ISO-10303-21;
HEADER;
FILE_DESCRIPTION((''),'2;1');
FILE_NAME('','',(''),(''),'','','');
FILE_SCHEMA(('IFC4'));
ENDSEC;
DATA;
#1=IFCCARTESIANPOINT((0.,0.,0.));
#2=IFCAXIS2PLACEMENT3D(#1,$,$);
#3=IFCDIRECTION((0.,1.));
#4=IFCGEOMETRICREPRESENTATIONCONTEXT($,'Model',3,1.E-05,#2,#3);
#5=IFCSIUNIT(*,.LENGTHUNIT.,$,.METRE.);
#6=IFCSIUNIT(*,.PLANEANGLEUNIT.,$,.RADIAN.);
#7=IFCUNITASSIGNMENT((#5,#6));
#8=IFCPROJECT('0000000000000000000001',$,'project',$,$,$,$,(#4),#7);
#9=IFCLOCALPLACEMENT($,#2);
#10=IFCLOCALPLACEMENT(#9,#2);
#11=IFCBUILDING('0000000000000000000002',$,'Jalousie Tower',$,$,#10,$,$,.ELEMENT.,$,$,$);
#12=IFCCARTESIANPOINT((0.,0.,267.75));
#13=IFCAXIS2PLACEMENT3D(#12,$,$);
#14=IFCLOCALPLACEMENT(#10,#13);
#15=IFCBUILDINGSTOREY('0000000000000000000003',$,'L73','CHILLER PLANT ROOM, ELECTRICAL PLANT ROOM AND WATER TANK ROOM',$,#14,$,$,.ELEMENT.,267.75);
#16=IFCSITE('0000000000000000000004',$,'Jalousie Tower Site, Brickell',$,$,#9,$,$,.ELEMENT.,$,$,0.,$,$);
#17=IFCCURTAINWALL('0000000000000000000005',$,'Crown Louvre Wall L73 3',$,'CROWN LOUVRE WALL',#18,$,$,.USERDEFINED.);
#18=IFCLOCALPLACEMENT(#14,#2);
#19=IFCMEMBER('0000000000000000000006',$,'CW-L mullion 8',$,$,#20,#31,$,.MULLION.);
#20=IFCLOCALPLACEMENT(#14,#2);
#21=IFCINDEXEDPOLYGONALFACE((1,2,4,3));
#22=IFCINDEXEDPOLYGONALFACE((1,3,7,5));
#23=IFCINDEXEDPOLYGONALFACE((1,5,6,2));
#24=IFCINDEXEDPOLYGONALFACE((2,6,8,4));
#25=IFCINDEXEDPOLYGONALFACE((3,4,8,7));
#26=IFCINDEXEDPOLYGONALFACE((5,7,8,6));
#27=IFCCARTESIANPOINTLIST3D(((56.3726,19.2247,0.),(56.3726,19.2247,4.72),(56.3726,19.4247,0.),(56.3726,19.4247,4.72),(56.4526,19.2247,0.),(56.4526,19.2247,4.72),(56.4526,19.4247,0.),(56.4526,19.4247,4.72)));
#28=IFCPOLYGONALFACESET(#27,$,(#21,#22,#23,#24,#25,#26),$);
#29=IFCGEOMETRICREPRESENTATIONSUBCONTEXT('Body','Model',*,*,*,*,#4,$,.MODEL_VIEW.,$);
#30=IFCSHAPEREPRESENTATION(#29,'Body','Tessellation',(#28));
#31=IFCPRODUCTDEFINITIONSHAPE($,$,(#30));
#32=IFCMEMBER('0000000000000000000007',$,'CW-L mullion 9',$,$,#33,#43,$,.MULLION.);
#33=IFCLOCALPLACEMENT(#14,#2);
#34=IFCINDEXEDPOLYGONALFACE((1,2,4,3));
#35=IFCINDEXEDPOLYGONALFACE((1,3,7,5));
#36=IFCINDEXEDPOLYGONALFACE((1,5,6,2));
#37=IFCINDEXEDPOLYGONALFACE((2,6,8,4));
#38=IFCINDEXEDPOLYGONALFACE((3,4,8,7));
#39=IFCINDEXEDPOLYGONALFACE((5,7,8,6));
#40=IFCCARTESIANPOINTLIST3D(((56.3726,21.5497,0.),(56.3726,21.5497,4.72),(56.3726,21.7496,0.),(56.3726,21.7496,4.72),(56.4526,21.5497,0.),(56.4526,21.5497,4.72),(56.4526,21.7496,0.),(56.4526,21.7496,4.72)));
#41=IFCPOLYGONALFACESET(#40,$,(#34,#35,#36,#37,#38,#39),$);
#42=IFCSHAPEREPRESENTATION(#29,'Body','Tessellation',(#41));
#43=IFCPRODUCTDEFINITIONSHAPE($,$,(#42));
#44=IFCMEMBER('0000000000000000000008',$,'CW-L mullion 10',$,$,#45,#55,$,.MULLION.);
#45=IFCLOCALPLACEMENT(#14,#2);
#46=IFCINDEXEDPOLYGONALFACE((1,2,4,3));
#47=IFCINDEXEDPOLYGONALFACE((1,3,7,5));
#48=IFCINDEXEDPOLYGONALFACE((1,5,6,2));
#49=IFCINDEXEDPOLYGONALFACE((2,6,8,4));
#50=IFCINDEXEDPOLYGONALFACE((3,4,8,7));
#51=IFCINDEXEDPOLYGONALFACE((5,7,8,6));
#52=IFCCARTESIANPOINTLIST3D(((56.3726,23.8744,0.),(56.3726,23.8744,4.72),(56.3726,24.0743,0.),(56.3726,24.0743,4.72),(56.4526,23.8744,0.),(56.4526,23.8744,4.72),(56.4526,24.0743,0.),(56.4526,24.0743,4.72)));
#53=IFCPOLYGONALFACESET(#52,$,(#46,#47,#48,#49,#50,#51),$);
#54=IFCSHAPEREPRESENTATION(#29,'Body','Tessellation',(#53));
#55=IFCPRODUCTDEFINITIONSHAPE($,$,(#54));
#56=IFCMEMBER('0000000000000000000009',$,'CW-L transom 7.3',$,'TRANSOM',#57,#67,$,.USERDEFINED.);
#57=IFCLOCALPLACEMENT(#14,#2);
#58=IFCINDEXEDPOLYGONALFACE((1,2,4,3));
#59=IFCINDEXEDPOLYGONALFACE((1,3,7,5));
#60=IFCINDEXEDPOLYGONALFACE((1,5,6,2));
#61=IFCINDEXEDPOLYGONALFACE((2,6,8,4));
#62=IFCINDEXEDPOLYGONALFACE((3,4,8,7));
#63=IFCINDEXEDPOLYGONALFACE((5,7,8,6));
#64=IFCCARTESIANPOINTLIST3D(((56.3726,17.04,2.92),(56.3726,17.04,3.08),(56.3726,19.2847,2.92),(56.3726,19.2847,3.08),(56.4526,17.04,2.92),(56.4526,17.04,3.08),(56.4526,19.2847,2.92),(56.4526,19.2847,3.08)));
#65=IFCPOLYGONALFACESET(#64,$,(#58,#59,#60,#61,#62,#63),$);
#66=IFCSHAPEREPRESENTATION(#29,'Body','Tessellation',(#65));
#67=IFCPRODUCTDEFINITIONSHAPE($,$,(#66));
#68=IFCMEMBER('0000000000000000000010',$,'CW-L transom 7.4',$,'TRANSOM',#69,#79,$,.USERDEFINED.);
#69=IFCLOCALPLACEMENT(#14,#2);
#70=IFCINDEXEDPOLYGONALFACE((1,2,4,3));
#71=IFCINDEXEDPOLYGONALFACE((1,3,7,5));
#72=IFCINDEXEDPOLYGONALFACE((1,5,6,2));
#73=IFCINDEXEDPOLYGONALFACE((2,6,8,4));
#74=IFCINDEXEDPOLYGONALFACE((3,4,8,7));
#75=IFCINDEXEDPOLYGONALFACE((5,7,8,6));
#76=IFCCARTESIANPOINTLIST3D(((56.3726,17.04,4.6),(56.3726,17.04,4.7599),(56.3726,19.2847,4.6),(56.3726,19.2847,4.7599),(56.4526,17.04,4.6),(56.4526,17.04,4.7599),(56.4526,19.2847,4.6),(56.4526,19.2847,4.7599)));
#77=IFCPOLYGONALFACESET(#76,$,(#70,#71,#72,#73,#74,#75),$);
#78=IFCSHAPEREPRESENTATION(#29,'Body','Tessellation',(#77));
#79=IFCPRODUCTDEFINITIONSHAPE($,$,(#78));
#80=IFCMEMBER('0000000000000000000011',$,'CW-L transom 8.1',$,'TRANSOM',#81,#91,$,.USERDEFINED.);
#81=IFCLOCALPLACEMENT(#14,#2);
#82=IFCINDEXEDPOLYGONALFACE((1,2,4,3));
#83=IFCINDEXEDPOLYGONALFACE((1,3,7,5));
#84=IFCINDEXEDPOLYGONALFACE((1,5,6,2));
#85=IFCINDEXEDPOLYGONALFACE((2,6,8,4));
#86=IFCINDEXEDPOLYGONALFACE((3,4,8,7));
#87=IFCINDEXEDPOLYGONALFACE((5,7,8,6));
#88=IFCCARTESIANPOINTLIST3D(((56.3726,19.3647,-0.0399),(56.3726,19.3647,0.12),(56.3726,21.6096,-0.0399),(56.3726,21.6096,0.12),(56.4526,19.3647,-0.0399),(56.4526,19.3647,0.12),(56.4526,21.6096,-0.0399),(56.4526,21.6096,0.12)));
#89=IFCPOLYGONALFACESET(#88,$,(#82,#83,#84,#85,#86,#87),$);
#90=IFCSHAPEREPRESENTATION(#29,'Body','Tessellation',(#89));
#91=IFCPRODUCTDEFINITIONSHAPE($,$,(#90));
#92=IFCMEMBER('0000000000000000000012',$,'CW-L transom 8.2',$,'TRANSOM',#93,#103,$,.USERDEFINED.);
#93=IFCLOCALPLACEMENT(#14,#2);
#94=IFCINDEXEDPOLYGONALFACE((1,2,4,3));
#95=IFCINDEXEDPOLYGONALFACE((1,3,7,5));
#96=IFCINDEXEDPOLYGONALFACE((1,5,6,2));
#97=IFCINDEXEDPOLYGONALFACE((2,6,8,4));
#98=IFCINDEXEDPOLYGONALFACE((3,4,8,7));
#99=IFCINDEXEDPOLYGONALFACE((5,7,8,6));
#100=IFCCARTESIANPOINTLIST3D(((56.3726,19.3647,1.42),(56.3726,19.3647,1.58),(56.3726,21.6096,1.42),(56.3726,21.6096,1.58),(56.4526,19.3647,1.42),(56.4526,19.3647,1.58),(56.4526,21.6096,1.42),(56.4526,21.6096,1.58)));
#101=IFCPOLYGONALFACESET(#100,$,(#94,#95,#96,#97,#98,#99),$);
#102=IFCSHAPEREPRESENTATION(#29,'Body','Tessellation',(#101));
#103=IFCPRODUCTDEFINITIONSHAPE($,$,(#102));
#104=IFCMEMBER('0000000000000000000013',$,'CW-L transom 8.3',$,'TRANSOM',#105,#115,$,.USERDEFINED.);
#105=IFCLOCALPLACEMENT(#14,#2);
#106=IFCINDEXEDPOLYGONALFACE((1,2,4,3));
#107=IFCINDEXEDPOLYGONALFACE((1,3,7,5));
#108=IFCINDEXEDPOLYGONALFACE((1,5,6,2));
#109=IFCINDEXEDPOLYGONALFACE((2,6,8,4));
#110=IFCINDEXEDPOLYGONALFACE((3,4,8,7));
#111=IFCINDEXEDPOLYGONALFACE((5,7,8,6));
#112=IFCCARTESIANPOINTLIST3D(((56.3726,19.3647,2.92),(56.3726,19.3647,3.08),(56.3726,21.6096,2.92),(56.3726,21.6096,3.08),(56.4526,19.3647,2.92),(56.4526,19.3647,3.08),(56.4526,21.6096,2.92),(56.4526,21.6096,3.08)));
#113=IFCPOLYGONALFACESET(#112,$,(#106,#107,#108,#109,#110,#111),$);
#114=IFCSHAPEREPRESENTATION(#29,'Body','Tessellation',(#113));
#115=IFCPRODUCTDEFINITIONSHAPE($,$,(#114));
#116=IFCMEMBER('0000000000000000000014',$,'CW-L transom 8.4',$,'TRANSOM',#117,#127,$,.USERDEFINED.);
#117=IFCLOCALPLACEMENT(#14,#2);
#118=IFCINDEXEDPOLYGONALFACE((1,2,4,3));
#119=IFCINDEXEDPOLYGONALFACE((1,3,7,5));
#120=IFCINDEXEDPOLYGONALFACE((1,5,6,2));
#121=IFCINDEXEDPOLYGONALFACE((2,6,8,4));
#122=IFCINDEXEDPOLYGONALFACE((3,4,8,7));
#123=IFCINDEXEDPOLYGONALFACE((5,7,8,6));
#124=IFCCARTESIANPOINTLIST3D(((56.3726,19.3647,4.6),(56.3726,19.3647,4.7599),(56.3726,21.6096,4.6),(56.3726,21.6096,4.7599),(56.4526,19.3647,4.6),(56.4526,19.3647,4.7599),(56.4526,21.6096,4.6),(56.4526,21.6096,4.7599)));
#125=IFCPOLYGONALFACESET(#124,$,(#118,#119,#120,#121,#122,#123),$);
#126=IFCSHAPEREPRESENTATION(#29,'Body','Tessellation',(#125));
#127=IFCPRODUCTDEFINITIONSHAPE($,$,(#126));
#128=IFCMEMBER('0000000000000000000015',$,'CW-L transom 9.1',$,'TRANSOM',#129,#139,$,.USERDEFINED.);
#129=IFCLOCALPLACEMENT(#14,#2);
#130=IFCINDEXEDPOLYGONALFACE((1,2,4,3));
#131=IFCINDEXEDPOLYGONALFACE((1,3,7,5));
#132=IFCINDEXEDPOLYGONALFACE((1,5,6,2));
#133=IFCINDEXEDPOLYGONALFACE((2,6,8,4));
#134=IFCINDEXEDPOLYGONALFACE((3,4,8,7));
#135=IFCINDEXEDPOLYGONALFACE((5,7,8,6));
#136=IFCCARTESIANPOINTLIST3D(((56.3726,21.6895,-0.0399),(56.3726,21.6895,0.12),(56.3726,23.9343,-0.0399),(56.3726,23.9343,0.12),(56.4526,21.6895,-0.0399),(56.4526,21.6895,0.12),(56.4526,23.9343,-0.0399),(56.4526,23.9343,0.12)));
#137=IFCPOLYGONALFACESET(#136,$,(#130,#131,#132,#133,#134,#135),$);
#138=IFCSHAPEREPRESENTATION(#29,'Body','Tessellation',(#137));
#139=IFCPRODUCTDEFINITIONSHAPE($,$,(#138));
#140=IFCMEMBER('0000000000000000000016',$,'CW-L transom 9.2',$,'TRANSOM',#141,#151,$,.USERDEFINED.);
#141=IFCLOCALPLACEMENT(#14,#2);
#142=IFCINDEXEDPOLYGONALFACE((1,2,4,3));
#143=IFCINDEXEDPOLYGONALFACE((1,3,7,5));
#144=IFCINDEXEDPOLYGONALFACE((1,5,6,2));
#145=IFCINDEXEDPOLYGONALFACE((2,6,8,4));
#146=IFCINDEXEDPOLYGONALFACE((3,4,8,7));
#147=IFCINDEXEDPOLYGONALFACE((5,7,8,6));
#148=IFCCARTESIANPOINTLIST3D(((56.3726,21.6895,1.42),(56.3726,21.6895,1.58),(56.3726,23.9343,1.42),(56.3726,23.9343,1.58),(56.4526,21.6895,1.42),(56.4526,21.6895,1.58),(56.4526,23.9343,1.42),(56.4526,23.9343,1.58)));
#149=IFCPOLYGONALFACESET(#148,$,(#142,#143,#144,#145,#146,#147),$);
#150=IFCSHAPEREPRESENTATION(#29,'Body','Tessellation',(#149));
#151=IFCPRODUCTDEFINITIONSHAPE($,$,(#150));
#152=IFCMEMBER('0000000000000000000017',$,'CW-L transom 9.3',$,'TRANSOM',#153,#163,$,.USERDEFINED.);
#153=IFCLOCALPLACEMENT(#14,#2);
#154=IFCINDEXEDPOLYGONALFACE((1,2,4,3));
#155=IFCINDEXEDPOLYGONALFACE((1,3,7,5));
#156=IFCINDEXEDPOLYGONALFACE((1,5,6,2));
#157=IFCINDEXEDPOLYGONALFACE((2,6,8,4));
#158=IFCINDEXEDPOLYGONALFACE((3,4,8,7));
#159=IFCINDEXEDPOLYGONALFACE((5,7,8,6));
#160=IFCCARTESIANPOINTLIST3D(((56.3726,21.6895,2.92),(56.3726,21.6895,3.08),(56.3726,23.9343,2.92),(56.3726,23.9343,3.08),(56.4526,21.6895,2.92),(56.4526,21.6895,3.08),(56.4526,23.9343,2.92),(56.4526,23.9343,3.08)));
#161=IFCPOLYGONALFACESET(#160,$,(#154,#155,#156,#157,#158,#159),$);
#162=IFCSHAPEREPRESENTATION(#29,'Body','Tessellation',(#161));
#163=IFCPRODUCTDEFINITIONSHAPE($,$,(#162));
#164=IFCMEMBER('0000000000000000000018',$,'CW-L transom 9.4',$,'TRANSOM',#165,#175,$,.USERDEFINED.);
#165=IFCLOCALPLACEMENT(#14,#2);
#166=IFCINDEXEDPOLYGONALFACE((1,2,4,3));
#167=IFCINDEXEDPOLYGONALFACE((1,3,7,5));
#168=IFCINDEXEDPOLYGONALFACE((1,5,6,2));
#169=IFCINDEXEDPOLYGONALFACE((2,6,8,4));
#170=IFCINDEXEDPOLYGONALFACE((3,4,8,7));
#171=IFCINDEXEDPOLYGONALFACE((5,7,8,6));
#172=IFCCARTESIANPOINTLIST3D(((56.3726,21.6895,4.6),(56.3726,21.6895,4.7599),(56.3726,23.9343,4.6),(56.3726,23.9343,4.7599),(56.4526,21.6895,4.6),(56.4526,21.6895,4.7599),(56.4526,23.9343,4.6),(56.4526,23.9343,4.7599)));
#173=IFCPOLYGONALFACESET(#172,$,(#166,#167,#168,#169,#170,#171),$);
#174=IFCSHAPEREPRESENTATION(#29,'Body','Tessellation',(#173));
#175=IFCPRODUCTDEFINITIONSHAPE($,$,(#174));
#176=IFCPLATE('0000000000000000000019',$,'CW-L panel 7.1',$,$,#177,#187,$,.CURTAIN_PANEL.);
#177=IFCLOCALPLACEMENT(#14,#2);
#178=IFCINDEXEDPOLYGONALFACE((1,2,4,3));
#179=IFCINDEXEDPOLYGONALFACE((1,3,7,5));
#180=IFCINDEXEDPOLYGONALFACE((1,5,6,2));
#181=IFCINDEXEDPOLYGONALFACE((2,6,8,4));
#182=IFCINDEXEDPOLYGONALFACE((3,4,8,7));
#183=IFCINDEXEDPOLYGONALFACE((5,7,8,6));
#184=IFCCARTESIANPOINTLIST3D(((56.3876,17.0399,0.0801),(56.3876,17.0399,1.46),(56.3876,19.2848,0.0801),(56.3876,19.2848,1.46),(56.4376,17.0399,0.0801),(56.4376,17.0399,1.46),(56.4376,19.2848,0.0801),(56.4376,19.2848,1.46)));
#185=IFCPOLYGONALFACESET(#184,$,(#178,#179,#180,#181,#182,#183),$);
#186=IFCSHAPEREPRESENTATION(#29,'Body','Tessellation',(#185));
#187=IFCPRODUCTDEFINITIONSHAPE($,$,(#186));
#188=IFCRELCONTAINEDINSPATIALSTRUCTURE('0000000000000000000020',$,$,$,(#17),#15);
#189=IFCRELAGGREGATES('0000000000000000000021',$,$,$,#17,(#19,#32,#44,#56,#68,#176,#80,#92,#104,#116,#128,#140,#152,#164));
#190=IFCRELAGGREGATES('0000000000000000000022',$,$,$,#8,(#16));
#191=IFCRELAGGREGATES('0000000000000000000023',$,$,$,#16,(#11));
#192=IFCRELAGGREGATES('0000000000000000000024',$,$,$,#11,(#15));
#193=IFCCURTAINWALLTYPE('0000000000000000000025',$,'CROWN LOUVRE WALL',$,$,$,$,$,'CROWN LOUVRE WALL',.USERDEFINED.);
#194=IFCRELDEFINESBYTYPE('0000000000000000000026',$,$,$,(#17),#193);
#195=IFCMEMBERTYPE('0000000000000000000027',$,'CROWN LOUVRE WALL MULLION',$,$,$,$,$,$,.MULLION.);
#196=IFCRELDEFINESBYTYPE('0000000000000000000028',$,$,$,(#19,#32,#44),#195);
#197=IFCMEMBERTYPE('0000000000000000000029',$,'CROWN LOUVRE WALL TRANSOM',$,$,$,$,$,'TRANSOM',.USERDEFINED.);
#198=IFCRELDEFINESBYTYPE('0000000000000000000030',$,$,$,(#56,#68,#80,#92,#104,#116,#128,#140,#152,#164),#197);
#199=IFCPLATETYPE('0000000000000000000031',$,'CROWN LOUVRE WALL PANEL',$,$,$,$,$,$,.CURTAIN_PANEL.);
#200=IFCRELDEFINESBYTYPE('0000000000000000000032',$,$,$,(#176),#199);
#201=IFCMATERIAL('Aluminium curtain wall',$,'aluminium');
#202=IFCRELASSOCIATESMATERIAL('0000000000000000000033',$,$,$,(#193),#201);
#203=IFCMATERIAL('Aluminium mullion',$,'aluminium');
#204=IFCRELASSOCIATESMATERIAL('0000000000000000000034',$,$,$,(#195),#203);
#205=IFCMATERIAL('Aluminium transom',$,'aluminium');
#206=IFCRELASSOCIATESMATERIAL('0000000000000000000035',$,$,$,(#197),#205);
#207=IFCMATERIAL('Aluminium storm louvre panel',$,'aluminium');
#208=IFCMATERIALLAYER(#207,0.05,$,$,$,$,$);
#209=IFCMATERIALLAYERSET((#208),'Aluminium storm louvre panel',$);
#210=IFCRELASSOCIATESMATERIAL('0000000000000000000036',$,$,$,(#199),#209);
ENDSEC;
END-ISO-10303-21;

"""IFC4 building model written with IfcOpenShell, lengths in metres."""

from ifc_helpers import new_model, si_unit, direction, frame, origin, origin_2d, place, context, subcontext, project, spatial, rectangle, extrude, material, layer, layer_set, material_profile, profile_set, type_object, element, aggregate, save


model = new_model("IFC4")

# Units and contexts
model_context = context("Model", 3, precision=1e-05, world=origin(), true_north=direction((0.0, 1.0)))
body_context = subcontext(model_context, "Body", "Model", "MODEL_VIEW")
ifc_project = project(units=[si_unit("LENGTHUNIT", "METRE"), si_unit("PLANEANGLEUNIT", "RADIAN")], contexts=[model_context])

# Site, building, storey
site_placement = place(None, origin())
site = spatial("IfcSite", under=ifc_project, at=site_placement, Name="Jalousie Tower Site, Brickell", CompositionType="ELEMENT", RefElevation=0.0)
building_placement = place(site_placement, origin())
building = spatial("IfcBuilding", under=site, at=building_placement, Name="Jalousie Tower", CompositionType="ELEMENT")
storey_placement = place(building_placement, frame((0.0, 0.0, 267.75)))
storey = spatial("IfcBuildingStorey", under=building, at=storey_placement, Name="L73", Description="CHILLER PLANT ROOM, ELECTRICAL PLANT ROOM AND WATER TANK ROOM", CompositionType="ELEMENT", Elevation=267.75)

# Curtain wall, members, plate
ifc_material_1 = material(Name="Aluminium curtain wall", Category="aluminium")
curtain_wall_type = type_object("IfcCurtainWallType", Name="CROWN LOUVRE WALL", ElementType="CROWN LOUVRE WALL", PredefinedType="USERDEFINED", material=ifc_material_1)
curtain_wall_placement = place(storey_placement, origin())
curtain_wall = element("IfcCurtainWall", 1, at=curtain_wall_placement, inside=storey, type_object=curtain_wall_type, Name="Crown Louvre Wall L73 3", ObjectType="CROWN LOUVRE WALL", PredefinedType="USERDEFINED")
ifc_material_2 = material(Name="Aluminium mullion", Category="aluminium")
ifc_material_profile_1 = material_profile(ifc_material_2, rectangle(XDim=0.0801, YDim=0.2, at=origin_2d()), Name="MULLION 80x200")
ifc_profile_set_1 = profile_set([ifc_material_profile_1], Name="Aluminium mullion")
member_type_1 = type_object("IfcMemberType", Name="CROWN LOUVRE WALL MULLION", PredefinedType="MULLION", material=ifc_profile_set_1)
member_1_placement = place(storey_placement, frame((56.4126, 19.3247, 0.0), z_axis=(0.0, 0.0, 1.0), x_axis=(-1.0, 0.0, 0.0)))
member_1 = element("IfcMember", 2, at=member_1_placement, type_object=member_type_1, Name="CW-L mullion 8", PredefinedType="MULLION", context=body_context, shape_type="SweptSolid", body=[
    extrude(rectangle(XDim=0.0801, YDim=0.2, at=origin_2d()), origin(), (0.0, 0.0, 1.0), 4.72),
])
member_2_placement = place(storey_placement, frame((56.4126, 21.6497, 0.0), z_axis=(0.0, 0.0, 1.0), x_axis=(-1.0, 0.0, 0.0)))
member_2 = element("IfcMember", 3, at=member_2_placement, type_object=member_type_1, Name="CW-L mullion 9", PredefinedType="MULLION", context=body_context, shape_type="SweptSolid", body=[
    extrude(rectangle(XDim=0.0801, YDim=0.2, at=origin_2d()), origin(), (0.0, 0.0, 1.0), 4.72),
])
member_3_placement = place(storey_placement, frame((56.4126, 23.9744, 0.0), z_axis=(0.0, 0.0, 1.0), x_axis=(-1.0, 0.0, 0.0)))
member_3 = element("IfcMember", 4, at=member_3_placement, type_object=member_type_1, Name="CW-L mullion 10", PredefinedType="MULLION", context=body_context, shape_type="SweptSolid", body=[
    extrude(rectangle(XDim=0.0801, YDim=0.2, at=origin_2d()), origin(), (0.0, 0.0, 1.0), 4.72),
])
ifc_material_3 = material(Name="Aluminium transom", Category="aluminium")
ifc_material_profile_2 = material_profile(ifc_material_3, rectangle(XDim=0.0801, YDim=0.1599, at=origin_2d()), Name="TRANSOM 80x160")
ifc_profile_set_2 = profile_set([ifc_material_profile_2], Name="Aluminium transom")
member_type_2 = type_object("IfcMemberType", Name="CROWN LOUVRE WALL TRANSOM", ElementType="TRANSOM", PredefinedType="USERDEFINED", material=ifc_profile_set_2)
member_4_placement = place(storey_placement, frame((56.4126, 17.04, 3.0), z_axis=(0.0, 1.0, 0.0), x_axis=(-1.0, 0.0, 0.0)))
member_4 = element("IfcMember", 5, at=member_4_placement, type_object=member_type_2, Name="CW-L transom 7.3", ObjectType="TRANSOM", PredefinedType="USERDEFINED", context=body_context, shape_type="SweptSolid", body=[
    extrude(rectangle(XDim=0.0801, YDim=0.1599, at=origin_2d()), origin(), (0.0, 0.0, 1.0), 2.2446),
])
member_5_placement = place(storey_placement, frame((56.4126, 17.04, 4.6799), z_axis=(0.0, 1.0, 0.0), x_axis=(-1.0, 0.0, 0.0)))
member_5 = element("IfcMember", 6, at=member_5_placement, type_object=member_type_2, Name="CW-L transom 7.4", ObjectType="TRANSOM", PredefinedType="USERDEFINED", context=body_context, shape_type="SweptSolid", body=[
    extrude(rectangle(XDim=0.0801, YDim=0.1599, at=origin_2d()), origin(), (0.0, 0.0, 1.0), 2.2446),
])
member_6_placement = place(storey_placement, frame((56.4126, 19.3647, 0.04), z_axis=(0.0, 1.0, 0.0), x_axis=(-1.0, 0.0, 0.0)))
member_6 = element("IfcMember", 7, at=member_6_placement, type_object=member_type_2, Name="CW-L transom 8.1", ObjectType="TRANSOM", PredefinedType="USERDEFINED", context=body_context, shape_type="SweptSolid", body=[
    extrude(rectangle(XDim=0.0801, YDim=0.1599, at=origin_2d()), origin(), (0.0, 0.0, 1.0), 2.2449),
])
member_7_placement = place(storey_placement, frame((56.4126, 19.3647, 1.5), z_axis=(0.0, 1.0, 0.0), x_axis=(-1.0, 0.0, 0.0)))
member_7 = element("IfcMember", 8, at=member_7_placement, type_object=member_type_2, Name="CW-L transom 8.2", ObjectType="TRANSOM", PredefinedType="USERDEFINED", context=body_context, shape_type="SweptSolid", body=[
    extrude(rectangle(XDim=0.0801, YDim=0.1599, at=origin_2d()), origin(), (0.0, 0.0, 1.0), 2.2449),
])
member_8_placement = place(storey_placement, frame((56.4126, 19.3647, 3.0), z_axis=(0.0, 1.0, 0.0), x_axis=(-1.0, 0.0, 0.0)))
member_8 = element("IfcMember", 9, at=member_8_placement, type_object=member_type_2, Name="CW-L transom 8.3", ObjectType="TRANSOM", PredefinedType="USERDEFINED", context=body_context, shape_type="SweptSolid", body=[
    extrude(rectangle(XDim=0.0801, YDim=0.1599, at=origin_2d()), origin(), (0.0, 0.0, 1.0), 2.2449),
])
member_9_placement = place(storey_placement, frame((56.4126, 19.3647, 4.6799), z_axis=(0.0, 1.0, 0.0), x_axis=(-1.0, 0.0, 0.0)))
member_9 = element("IfcMember", 10, at=member_9_placement, type_object=member_type_2, Name="CW-L transom 8.4", ObjectType="TRANSOM", PredefinedType="USERDEFINED", context=body_context, shape_type="SweptSolid", body=[
    extrude(rectangle(XDim=0.0801, YDim=0.1599, at=origin_2d()), origin(), (0.0, 0.0, 1.0), 2.2449),
])
member_10_placement = place(storey_placement, frame((56.4126, 21.6895, 0.04), z_axis=(0.0, 1.0, 0.0), x_axis=(-1.0, 0.0, 0.0)))
member_10 = element("IfcMember", 11, at=member_10_placement, type_object=member_type_2, Name="CW-L transom 9.1", ObjectType="TRANSOM", PredefinedType="USERDEFINED", context=body_context, shape_type="SweptSolid", body=[
    extrude(rectangle(XDim=0.0801, YDim=0.1599, at=origin_2d()), origin(), (0.0, 0.0, 1.0), 2.2449),
])
member_11_placement = place(storey_placement, frame((56.4126, 21.6895, 1.5), z_axis=(0.0, 1.0, 0.0), x_axis=(-1.0, 0.0, 0.0)))
member_11 = element("IfcMember", 12, at=member_11_placement, type_object=member_type_2, Name="CW-L transom 9.2", ObjectType="TRANSOM", PredefinedType="USERDEFINED", context=body_context, shape_type="SweptSolid", body=[
    extrude(rectangle(XDim=0.0801, YDim=0.1599, at=origin_2d()), origin(), (0.0, 0.0, 1.0), 2.2449),
])
member_12_placement = place(storey_placement, frame((56.4126, 21.6895, 3.0), z_axis=(0.0, 1.0, 0.0), x_axis=(-1.0, 0.0, 0.0)))
member_12 = element("IfcMember", 13, at=member_12_placement, type_object=member_type_2, Name="CW-L transom 9.3", ObjectType="TRANSOM", PredefinedType="USERDEFINED", context=body_context, shape_type="SweptSolid", body=[
    extrude(rectangle(XDim=0.0801, YDim=0.1599, at=origin_2d()), origin(), (0.0, 0.0, 1.0), 2.2449),
])
member_13_placement = place(storey_placement, frame((56.4126, 21.6895, 4.6799), z_axis=(0.0, 1.0, 0.0), x_axis=(-1.0, 0.0, 0.0)))
member_13 = element("IfcMember", 14, at=member_13_placement, type_object=member_type_2, Name="CW-L transom 9.4", ObjectType="TRANSOM", PredefinedType="USERDEFINED", context=body_context, shape_type="SweptSolid", body=[
    extrude(rectangle(XDim=0.0801, YDim=0.1599, at=origin_2d()), origin(), (0.0, 0.0, 1.0), 2.2449),
])
ifc_material_4 = material(Name="Aluminium storm louvre panel", Category="aluminium")
ifc_layer = layer(ifc_material_4, 0.05)
ifc_layer_set = layer_set([ifc_layer], Name="Aluminium storm louvre panel")
plate_type = type_object("IfcPlateType", Name="CROWN LOUVRE WALL PANEL", PredefinedType="CURTAIN_PANEL", material=ifc_layer_set)
plate_1_placement = place(storey_placement, frame((56.4126, 18.1624, 0.0801), z_axis=(0.0, 0.0, 1.0), x_axis=(0.0, 1.0, 0.0)))
plate_1 = element("IfcPlate", 15, at=plate_1_placement, type_object=plate_type, Name="CW-L panel 7.1", PredefinedType="CURTAIN_PANEL", context=body_context, shape_type="SweptSolid", body=[
    extrude(rectangle(XDim=2.2449, YDim=0.05, at=origin_2d()), origin(), (0.0, 0.0, 1.0), 1.3799),
])
aggregate(curtain_wall, [member_1, member_2, member_3, member_4, member_5, plate_1, member_6, member_7, member_8, member_9, member_10, member_11, member_12, member_13])

save(model, "model.ifc")
